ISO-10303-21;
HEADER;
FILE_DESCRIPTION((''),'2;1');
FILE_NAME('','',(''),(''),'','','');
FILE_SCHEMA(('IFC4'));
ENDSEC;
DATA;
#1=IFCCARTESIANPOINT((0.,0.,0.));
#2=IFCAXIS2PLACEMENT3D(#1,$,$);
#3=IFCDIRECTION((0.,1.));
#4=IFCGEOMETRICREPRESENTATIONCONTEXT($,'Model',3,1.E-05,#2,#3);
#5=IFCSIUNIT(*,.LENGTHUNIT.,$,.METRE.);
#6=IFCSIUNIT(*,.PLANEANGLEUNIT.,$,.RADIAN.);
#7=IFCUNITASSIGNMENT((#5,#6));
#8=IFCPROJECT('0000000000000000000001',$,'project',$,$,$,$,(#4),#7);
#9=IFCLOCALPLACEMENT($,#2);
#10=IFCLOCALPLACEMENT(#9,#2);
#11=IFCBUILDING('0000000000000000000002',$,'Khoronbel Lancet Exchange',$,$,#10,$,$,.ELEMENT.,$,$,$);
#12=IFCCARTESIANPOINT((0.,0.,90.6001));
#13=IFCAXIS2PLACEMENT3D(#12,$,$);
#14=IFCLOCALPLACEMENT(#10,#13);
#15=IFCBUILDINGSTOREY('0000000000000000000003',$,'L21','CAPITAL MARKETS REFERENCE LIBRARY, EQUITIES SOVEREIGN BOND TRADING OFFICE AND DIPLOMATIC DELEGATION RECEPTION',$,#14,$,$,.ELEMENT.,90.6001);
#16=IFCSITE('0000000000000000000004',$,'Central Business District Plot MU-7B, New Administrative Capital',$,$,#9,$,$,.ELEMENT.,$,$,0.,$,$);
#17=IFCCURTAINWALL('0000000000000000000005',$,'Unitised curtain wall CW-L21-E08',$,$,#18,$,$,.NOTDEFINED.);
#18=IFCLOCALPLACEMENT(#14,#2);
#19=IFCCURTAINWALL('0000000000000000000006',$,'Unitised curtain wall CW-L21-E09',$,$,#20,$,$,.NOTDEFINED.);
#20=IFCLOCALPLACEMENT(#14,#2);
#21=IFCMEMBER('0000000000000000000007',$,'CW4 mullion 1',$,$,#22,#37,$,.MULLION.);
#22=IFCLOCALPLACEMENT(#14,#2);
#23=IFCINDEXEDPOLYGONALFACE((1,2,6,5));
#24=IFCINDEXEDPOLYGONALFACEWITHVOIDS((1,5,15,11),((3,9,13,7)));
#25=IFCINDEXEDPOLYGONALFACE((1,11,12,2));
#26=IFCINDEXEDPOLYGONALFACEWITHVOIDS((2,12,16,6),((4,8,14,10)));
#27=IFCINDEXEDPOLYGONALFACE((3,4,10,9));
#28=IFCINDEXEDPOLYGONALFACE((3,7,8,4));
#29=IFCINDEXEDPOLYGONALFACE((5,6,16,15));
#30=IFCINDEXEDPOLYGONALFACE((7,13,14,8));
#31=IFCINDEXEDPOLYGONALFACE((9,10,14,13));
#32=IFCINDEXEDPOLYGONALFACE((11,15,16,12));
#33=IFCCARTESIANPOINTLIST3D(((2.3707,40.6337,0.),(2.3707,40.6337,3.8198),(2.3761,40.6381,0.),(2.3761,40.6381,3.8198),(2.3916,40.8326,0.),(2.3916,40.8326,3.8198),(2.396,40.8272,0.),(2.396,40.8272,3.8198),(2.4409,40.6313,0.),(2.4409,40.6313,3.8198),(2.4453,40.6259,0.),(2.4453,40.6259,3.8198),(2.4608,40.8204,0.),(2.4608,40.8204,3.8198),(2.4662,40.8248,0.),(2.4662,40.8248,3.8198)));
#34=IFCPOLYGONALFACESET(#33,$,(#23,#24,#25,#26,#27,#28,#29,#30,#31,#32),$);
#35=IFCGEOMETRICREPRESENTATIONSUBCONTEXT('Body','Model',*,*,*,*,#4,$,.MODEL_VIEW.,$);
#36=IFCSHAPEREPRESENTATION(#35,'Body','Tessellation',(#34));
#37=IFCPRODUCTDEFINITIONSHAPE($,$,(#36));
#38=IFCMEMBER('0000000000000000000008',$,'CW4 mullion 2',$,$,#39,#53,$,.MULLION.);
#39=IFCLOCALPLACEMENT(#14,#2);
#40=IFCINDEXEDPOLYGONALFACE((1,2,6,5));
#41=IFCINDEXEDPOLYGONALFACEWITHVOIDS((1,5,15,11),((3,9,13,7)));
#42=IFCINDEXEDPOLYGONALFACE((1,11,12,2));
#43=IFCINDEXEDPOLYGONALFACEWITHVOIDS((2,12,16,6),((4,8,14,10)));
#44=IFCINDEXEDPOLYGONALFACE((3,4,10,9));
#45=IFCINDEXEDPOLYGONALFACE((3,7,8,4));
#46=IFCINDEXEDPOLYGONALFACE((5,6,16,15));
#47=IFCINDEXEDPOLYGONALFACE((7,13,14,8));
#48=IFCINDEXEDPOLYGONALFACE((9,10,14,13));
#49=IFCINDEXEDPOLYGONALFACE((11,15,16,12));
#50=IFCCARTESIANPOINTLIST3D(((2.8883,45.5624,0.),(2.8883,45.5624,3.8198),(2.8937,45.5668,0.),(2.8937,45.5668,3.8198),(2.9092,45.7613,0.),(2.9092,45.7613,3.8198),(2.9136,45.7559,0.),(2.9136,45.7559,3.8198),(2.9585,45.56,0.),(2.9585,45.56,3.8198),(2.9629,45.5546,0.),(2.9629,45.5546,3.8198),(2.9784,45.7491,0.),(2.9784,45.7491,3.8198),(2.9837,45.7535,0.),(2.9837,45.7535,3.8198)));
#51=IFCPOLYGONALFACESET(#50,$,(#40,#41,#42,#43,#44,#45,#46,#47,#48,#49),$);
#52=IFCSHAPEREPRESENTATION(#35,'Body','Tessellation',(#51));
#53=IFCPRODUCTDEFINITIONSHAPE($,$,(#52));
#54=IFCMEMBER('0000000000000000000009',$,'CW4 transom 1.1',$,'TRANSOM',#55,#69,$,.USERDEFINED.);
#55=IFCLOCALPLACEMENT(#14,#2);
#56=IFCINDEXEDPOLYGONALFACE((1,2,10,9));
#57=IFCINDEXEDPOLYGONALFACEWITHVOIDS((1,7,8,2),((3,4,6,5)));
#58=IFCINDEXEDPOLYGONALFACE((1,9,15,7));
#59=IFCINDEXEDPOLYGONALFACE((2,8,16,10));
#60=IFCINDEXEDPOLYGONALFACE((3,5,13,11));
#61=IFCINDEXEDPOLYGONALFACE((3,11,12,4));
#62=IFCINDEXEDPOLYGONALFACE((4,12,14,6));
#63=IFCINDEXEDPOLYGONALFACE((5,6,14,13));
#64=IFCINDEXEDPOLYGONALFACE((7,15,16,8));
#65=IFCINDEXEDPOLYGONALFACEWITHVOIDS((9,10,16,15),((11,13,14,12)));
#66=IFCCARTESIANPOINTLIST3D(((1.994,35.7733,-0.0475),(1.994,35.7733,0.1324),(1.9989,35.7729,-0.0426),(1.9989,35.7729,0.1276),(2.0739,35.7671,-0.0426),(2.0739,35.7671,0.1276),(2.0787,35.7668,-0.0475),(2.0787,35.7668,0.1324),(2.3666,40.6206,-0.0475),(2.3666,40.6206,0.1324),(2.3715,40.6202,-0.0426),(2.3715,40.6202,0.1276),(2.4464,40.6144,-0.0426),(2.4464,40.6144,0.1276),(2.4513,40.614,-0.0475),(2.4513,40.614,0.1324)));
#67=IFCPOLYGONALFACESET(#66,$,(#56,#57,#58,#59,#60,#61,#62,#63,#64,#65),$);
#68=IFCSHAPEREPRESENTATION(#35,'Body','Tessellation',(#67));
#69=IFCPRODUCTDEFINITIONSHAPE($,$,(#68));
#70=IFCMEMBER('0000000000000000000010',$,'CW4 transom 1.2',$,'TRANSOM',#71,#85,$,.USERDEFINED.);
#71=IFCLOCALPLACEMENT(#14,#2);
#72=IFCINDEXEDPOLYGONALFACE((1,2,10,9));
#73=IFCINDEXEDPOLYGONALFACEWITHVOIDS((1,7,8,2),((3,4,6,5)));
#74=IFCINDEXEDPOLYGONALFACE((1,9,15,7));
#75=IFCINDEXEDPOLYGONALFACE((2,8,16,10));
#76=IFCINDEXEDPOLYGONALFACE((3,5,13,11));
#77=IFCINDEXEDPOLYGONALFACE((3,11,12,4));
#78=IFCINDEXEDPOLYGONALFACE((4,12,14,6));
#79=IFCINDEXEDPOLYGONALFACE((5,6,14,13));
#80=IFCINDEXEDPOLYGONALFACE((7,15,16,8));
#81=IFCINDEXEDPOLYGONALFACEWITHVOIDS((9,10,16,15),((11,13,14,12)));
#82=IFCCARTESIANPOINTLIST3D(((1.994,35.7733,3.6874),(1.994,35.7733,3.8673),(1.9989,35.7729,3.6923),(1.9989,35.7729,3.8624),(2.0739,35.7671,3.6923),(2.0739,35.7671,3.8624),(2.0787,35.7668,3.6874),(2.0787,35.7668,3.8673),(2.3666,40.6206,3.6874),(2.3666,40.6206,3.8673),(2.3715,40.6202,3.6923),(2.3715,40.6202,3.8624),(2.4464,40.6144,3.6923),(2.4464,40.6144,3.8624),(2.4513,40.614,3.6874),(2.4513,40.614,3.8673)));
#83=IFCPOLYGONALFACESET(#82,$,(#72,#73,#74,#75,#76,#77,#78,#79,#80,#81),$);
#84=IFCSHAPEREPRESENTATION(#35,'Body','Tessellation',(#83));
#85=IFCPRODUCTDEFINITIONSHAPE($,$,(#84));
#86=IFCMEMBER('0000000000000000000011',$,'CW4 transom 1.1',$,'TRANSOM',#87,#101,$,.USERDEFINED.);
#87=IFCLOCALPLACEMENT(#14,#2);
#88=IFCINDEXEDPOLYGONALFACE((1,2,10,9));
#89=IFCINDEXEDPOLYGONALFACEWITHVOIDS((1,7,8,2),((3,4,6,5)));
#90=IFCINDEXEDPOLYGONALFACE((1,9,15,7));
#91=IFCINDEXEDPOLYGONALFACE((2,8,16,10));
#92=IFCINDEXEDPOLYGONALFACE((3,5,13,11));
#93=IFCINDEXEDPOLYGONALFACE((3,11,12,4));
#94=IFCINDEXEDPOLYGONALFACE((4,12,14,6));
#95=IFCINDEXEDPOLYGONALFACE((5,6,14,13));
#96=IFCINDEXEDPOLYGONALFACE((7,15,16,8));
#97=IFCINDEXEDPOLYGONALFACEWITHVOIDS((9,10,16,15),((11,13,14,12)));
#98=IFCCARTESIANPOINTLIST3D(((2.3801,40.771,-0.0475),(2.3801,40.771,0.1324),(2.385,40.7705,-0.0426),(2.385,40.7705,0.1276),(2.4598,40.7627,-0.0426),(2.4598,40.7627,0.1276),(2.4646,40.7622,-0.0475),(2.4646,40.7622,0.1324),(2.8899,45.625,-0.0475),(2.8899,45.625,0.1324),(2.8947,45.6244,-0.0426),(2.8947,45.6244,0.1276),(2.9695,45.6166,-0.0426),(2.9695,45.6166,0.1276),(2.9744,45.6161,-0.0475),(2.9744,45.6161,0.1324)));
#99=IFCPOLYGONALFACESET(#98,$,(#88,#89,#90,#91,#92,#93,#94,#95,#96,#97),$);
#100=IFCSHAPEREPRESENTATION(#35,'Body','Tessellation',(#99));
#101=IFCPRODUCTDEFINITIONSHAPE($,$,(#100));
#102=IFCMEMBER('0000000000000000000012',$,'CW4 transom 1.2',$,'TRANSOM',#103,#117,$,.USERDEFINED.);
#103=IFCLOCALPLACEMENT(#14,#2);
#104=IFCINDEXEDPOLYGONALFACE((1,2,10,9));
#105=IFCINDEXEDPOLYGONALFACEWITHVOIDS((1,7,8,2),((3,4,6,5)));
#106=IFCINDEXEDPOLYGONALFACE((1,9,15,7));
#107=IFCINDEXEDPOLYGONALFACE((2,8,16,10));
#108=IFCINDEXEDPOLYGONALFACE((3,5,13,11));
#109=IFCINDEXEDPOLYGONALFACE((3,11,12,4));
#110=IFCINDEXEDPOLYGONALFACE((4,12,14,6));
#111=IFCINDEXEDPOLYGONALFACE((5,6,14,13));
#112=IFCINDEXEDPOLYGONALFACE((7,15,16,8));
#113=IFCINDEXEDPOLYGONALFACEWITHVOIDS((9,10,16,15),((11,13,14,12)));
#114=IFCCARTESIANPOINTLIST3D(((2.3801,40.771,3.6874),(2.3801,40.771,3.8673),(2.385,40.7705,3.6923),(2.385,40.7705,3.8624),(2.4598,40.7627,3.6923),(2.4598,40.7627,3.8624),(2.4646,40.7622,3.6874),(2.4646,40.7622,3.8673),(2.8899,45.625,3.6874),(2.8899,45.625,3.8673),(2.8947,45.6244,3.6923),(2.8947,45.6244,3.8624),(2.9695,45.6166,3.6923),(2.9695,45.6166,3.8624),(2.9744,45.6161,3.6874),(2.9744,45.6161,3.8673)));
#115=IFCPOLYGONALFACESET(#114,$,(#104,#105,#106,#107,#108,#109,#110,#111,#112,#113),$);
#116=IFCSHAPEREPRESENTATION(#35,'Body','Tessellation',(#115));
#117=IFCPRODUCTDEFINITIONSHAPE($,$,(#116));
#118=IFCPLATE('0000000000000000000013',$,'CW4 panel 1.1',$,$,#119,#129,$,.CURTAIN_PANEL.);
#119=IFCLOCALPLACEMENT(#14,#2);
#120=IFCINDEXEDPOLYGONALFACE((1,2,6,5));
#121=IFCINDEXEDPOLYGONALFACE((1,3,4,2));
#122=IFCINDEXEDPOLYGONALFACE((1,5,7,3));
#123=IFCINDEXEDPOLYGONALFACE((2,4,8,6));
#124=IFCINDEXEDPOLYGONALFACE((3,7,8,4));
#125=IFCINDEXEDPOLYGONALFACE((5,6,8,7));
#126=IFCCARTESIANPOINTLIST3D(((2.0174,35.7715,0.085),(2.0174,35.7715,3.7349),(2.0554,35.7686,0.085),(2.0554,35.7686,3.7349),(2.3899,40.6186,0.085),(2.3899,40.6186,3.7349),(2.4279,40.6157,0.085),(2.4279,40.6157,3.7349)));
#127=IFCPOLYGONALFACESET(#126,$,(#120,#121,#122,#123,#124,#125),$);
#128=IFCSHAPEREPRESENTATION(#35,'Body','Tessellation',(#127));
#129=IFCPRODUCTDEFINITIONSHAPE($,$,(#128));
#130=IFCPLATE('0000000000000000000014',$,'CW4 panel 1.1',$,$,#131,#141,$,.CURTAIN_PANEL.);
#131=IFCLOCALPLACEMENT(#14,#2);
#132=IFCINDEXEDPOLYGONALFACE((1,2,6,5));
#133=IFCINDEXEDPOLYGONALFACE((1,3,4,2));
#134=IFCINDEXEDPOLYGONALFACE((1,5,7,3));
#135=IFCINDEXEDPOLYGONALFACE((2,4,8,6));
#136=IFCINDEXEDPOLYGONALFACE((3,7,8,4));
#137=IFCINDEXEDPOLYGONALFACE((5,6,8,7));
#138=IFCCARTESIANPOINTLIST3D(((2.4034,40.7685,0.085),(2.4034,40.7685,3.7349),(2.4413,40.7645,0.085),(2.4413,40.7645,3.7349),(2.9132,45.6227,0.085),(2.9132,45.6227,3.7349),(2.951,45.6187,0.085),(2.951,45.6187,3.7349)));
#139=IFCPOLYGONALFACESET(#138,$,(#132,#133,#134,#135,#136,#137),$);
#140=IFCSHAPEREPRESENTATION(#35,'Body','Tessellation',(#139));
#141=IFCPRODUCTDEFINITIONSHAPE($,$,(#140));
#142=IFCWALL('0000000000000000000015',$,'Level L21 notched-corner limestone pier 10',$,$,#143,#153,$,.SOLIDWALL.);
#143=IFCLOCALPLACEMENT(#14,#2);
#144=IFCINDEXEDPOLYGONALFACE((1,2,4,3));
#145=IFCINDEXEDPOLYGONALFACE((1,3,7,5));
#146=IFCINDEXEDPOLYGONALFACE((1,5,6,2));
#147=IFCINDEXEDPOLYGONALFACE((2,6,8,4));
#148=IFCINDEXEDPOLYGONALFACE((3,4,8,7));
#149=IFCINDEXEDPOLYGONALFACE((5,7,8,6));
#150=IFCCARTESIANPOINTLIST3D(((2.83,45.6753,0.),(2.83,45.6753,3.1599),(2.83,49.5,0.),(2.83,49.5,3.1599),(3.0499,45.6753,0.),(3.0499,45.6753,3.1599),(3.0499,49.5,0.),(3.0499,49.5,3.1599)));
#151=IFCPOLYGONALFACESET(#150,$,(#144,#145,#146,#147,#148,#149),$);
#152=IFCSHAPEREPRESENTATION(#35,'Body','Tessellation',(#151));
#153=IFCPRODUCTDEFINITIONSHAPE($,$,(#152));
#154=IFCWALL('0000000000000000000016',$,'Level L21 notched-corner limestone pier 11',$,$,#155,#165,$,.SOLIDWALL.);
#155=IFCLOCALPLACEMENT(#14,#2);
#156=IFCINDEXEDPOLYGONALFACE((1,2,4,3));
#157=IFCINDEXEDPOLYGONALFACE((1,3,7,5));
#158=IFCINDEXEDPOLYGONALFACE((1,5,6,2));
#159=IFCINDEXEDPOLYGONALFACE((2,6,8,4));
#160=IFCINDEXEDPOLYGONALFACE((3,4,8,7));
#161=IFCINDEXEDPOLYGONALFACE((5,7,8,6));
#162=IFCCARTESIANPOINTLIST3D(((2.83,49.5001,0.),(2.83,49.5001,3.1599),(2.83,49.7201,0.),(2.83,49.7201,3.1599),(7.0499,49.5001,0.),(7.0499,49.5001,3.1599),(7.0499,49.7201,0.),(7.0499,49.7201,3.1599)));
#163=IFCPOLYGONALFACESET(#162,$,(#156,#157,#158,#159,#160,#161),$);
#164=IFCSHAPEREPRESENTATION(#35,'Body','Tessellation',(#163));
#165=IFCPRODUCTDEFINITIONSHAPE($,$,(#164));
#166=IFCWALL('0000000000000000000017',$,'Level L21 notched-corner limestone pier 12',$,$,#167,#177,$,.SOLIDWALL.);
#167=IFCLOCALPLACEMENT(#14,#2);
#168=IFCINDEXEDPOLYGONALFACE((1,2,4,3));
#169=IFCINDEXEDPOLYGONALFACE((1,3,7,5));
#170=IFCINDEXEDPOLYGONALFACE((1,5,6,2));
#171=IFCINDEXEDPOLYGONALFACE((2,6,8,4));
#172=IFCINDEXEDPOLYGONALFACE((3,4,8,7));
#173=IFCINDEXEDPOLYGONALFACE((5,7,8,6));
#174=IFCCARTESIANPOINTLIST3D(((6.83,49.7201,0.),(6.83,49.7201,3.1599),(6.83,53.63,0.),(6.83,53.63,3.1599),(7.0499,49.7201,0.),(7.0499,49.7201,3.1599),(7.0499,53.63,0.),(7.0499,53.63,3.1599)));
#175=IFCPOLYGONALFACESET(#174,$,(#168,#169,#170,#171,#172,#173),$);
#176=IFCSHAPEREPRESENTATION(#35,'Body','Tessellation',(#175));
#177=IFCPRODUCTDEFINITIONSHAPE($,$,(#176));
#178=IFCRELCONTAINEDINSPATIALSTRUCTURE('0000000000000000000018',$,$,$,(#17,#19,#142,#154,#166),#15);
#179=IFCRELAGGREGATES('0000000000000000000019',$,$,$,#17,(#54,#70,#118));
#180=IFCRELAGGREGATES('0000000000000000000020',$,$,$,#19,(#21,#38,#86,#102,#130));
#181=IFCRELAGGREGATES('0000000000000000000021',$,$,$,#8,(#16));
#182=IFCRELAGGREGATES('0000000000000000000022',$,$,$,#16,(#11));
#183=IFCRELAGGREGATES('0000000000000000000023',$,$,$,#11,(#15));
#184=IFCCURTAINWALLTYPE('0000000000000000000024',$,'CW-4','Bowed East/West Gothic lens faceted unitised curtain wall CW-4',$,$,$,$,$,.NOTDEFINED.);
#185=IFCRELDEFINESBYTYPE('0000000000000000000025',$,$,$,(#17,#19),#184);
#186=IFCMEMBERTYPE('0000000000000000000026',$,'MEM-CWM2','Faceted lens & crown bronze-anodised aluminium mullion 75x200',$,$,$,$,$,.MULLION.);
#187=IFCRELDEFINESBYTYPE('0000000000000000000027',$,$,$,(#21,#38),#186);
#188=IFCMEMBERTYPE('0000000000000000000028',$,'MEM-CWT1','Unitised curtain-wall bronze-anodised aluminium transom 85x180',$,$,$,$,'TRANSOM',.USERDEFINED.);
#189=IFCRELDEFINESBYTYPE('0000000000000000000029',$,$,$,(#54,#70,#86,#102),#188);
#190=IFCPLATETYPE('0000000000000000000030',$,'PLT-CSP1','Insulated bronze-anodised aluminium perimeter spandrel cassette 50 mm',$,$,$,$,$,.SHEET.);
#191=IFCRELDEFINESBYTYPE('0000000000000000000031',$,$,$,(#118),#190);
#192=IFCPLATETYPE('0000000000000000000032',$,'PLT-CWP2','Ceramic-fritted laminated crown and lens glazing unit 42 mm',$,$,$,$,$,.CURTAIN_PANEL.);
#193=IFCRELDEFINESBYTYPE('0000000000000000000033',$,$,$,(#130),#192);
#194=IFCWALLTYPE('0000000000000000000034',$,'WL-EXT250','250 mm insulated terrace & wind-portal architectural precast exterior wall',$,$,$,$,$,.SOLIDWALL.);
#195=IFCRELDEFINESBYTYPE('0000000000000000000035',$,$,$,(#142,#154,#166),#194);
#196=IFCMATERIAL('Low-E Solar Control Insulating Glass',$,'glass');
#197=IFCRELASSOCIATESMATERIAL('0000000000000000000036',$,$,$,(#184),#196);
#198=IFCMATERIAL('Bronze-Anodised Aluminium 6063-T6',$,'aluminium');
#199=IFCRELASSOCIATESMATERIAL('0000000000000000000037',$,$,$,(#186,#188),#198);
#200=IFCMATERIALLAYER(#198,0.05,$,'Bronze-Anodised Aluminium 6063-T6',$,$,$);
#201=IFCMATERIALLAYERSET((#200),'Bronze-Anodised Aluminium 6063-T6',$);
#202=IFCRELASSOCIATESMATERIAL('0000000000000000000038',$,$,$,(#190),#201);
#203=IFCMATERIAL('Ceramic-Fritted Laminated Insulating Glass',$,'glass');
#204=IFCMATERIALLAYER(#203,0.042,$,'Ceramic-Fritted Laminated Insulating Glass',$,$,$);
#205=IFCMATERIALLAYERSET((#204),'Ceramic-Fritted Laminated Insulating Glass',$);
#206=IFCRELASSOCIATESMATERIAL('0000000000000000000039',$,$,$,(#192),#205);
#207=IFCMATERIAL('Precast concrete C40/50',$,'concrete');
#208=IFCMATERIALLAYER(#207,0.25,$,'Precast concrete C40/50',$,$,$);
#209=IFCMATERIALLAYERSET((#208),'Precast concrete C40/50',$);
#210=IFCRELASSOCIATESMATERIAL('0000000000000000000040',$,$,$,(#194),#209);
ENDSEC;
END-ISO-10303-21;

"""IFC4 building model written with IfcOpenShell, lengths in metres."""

from ifc_helpers import new_model, si_unit, direction, frame, frame_2d, origin, origin_2d, place, context, subcontext, project, spatial, rectangle, hollow_rectangle, extrude, material, layer, layer_set, material_profile, profile_set, type_object, element, aggregate, save


model = new_model("IFC4")

# Units and contexts
model_context = context("Model", 3, precision=1e-05, world=origin(), true_north=direction((0.0, 1.0)))
body_context = subcontext(model_context, "Body", "Model", "MODEL_VIEW")
ifc_project = project(units=[si_unit("LENGTHUNIT", "METRE"), si_unit("PLANEANGLEUNIT", "RADIAN")], contexts=[model_context])

# Site, building, storey
site_placement = place(None, origin())
site = spatial("IfcSite", under=ifc_project, at=site_placement, Name="Central Business District Plot MU-7B, New Administrative Capital", CompositionType="ELEMENT", RefElevation=0.0)
building_placement = place(site_placement, origin())
building = spatial("IfcBuilding", under=site, at=building_placement, Name="Khoronbel Lancet Exchange", CompositionType="ELEMENT")
storey_placement = place(building_placement, frame((0.0, 0.0, 90.6001)))
storey = spatial("IfcBuildingStorey", under=building, at=storey_placement, Name="L21", Description="CAPITAL MARKETS REFERENCE LIBRARY, EQUITIES SOVEREIGN BOND TRADING OFFICE AND DIPLOMATIC DELEGATION RECEPTION", CompositionType="ELEMENT", Elevation=90.6001)

# Shared definitions
ifc_material_1 = material(Name="Low-E Solar Control Insulating Glass", Category="glass")
ifc_material_2 = material(Name="Bronze-Anodised Aluminium 6063-T6", Category="aluminium")

# Curtain walls, members
curtain_wall_type_1 = type_object("IfcCurtainWallType", Name="CW-4", Description="Bowed East/West Gothic lens faceted unitised curtain wall CW-4", PredefinedType="NOTDEFINED", material=ifc_material_1)
curtain_wall_1_placement = place(storey_placement, origin())
curtain_wall_1 = element("IfcCurtainWall", 1, at=curtain_wall_1_placement, inside=storey, type_object=curtain_wall_type_1, Name="Unitised curtain wall CW-L21-E08", PredefinedType="NOTDEFINED")
ifc_material_profile_1 = material_profile(ifc_material_2, hollow_rectangle(XDim=0.075, YDim=0.2, WallThickness=0.0049, at=origin_2d()), Name="ALU MULLION 75x200")
ifc_profile_set_1 = profile_set([ifc_material_profile_1], Name="Bronze-Anodised Aluminium 6063-T6")
member_type_1 = type_object("IfcMemberType", Name="MEM-CWM2", Description="Faceted lens & crown bronze-anodised aluminium mullion 75x200", PredefinedType="MULLION", material=ifc_profile_set_1)
curtain_wall_2_placement = place(storey_placement, origin())
curtain_wall_2 = element("IfcCurtainWall", 2, at=curtain_wall_2_placement, inside=storey, type_object=curtain_wall_type_1, Name="Unitised curtain wall CW-L21-E09", PredefinedType="NOTDEFINED")
member_1_placement = place(storey_placement, frame((2.4185, 40.7292, 0.0), z_axis=(0.0, 0.0, 1.0), x_axis=(-0.994532, 0.104434, 0.0)))
member_1 = element("IfcMember", 3, at=member_1_placement, type_object=member_type_1, Name="CW4 mullion 1", PredefinedType="MULLION", context=body_context, shape_type="SweptSolid", body=[
    extrude(hollow_rectangle(XDim=0.075, YDim=0.2, WallThickness=0.0049, at=origin_2d()), origin(), (0.0, 0.0, 1.0), 3.8198),
])
member_2_placement = place(storey_placement, frame((2.936, 45.658, 0.0), z_axis=(0.0, 0.0, 1.0), x_axis=(-0.994532, 0.104434, 0.0)))
member_2 = element("IfcMember", 4, at=member_2_placement, type_object=member_type_1, Name="CW4 mullion 2", PredefinedType="MULLION", context=body_context, shape_type="SweptSolid", body=[
    extrude(hollow_rectangle(XDim=0.075, YDim=0.2, WallThickness=0.0049, at=origin_2d()), origin(), (0.0, 0.0, 1.0), 3.8198),
])

# Members
ifc_material_profile_2 = material_profile(ifc_material_2, hollow_rectangle(XDim=0.085, YDim=0.1799, WallThickness=0.0049, at=origin_2d()), Name="ALU TRANSOM 85x180")
ifc_profile_set_2 = profile_set([ifc_material_profile_2], Name="Bronze-Anodised Aluminium 6063-T6")
member_type_2 = type_object("IfcMemberType", Name="MEM-CWT1", Description="Unitised curtain-wall bronze-anodised aluminium transom 85x180", ElementType="TRANSOM", PredefinedType="USERDEFINED", material=ifc_profile_set_2)
member_3_placement = place(storey_placement, frame((2.0364, 35.77, 0.0425), z_axis=(0.076635, 0.997059, 0.0), x_axis=(-0.997059, 0.076635, 0.0)))
member_3 = element("IfcMember", 5, at=member_3_placement, type_object=member_type_2, Name="CW4 transom 1.1", ObjectType="TRANSOM", PredefinedType="USERDEFINED", context=body_context, shape_type="SweptSolid", body=[
    extrude(hollow_rectangle(XDim=0.085, YDim=0.1799, WallThickness=0.0049, at=origin_2d()), origin(), (0.0, 0.0, 1.0), 4.8616),
])
member_4_placement = place(storey_placement, frame((2.0364, 35.77, 3.7773), z_axis=(0.076635, 0.997059, 0.0), x_axis=(-0.997059, 0.076635, 0.0)))
member_4 = element("IfcMember", 6, at=member_4_placement, type_object=member_type_2, Name="CW4 transom 1.2", ObjectType="TRANSOM", PredefinedType="USERDEFINED", context=body_context, shape_type="SweptSolid", body=[
    extrude(hollow_rectangle(XDim=0.085, YDim=0.1799, WallThickness=0.0049, at=origin_2d()), origin(), (0.0, 0.0, 1.0), 4.8616),
])
member_5_placement = place(storey_placement, frame((2.4224, 40.7666, 0.0425), z_axis=(0.104445, 0.994531, 0.0), x_axis=(-0.994531, 0.104445, 0.0)))
member_5 = element("IfcMember", 7, at=member_5_placement, type_object=member_type_2, Name="CW4 transom 1.1", ObjectType="TRANSOM", PredefinedType="USERDEFINED", context=body_context, shape_type="SweptSolid", body=[
    extrude(hollow_rectangle(XDim=0.085, YDim=0.1799, WallThickness=0.0049, at=origin_2d()), origin(), (0.0, 0.0, 1.0), 4.8806),
])
member_6_placement = place(storey_placement, frame((2.4224, 40.7666, 3.7773), z_axis=(0.104445, 0.994531, 0.0), x_axis=(-0.994531, 0.104445, 0.0)))
member_6 = element("IfcMember", 8, at=member_6_placement, type_object=member_type_2, Name="CW4 transom 1.2", ObjectType="TRANSOM", PredefinedType="USERDEFINED", context=body_context, shape_type="SweptSolid", body=[
    extrude(hollow_rectangle(XDim=0.085, YDim=0.1799, WallThickness=0.0049, at=origin_2d()), origin(), (0.0, 0.0, 1.0), 4.8806),
])

# Plates
ifc_layer_1 = layer(ifc_material_2, 0.05, Name="Bronze-Anodised Aluminium 6063-T6")
ifc_layer_set_1 = layer_set([ifc_layer_1], Name="Bronze-Anodised Aluminium 6063-T6")
plate_type_1 = type_object("IfcPlateType", Name="PLT-CSP1", Description="Insulated bronze-anodised aluminium perimeter spandrel cassette 50 mm", PredefinedType="SHEET", material=ifc_layer_set_1)
plate_1_placement = place(storey_placement, frame((2.2227, 38.1936, 0.085), z_axis=(0.0, 0.0, 1.0), x_axis=(0.076626, 0.99706, 0.0)))
plate_1 = element("IfcPlate", 9, at=plate_1_placement, type_object=plate_type_1, Name="CW4 panel 1.1", PredefinedType="CURTAIN_PANEL", context=body_context, shape_type="SweptSolid", body=[
    extrude(rectangle(XDim=4.8613, YDim=0.0381, at=origin_2d()), origin(), (0.0, 0.0, 1.0), 3.6499),
])
aggregate(curtain_wall_1, [member_3, member_4, plate_1])
ifc_material_3 = material(Name="Ceramic-Fritted Laminated Insulating Glass", Category="glass")
ifc_layer_2 = layer(ifc_material_3, 0.042, Name="Ceramic-Fritted Laminated Insulating Glass")
ifc_layer_set_2 = layer_set([ifc_layer_2], Name="Ceramic-Fritted Laminated Insulating Glass")
plate_type_2 = type_object("IfcPlateType", Name="PLT-CWP2", Description="Ceramic-fritted laminated crown and lens glazing unit 42 mm", PredefinedType="CURTAIN_PANEL", material=ifc_layer_set_2)
plate_2_placement = place(storey_placement, frame((2.6772, 43.1936, 0.085), z_axis=(0.0, 0.0, 1.0), x_axis=(0.104434, 0.994532, 0.0)))
plate_2 = element("IfcPlate", 10, at=plate_2_placement, type_object=plate_type_2, Name="CW4 panel 1.1", PredefinedType="CURTAIN_PANEL", context=body_context, shape_type="SweptSolid", body=[
    extrude(rectangle(XDim=4.8809, YDim=0.0381, at=origin_2d()), origin(), (0.0, 0.0, 1.0), 3.6499),
])
aggregate(curtain_wall_2, [member_1, member_2, member_5, member_6, plate_2])

# Walls
ifc_material_4 = material(Name="Precast concrete C40/50", Category="concrete")
ifc_layer_3 = layer(ifc_material_4, 0.25, Name="Precast concrete C40/50")
ifc_layer_set_3 = layer_set([ifc_layer_3], Name="Precast concrete C40/50")
wall_type_1 = type_object("IfcWallType", Name="WL-EXT250", Description="250 mm insulated terrace & wind-portal architectural precast exterior wall", PredefinedType="SOLIDWALL", material=ifc_layer_set_3)
wall_1_placement = place(storey_placement, frame((2.9399, 45.6753, 0.0), z_axis=(0.0, 0.0, 1.0), x_axis=(0.0, 1.0, 0.0)))
element("IfcWall", 11, at=wall_1_placement, inside=storey, type_object=wall_type_1, Name="Level L21 notched-corner limestone pier 10", PredefinedType="SOLIDWALL", context=body_context, shape_type="SweptSolid", body=[
    extrude(rectangle(XDim=3.8247, YDim=0.22, at=frame_2d((1.9124, 0.0))), origin(), (0.0, 0.0, 1.0), 3.1599),
])
wall_2_placement = place(storey_placement, frame((2.8301, 49.6101, 0.0), z_axis=(0.0, 0.0, 1.0), x_axis=(1.0, 0.0, 0.0)))
element("IfcWall", 12, at=wall_2_placement, inside=storey, type_object=wall_type_1, Name="Level L21 notched-corner limestone pier 11", PredefinedType="SOLIDWALL", context=body_context, shape_type="SweptSolid", body=[
    extrude(rectangle(XDim=4.22, YDim=0.22, at=frame_2d((2.1099, 0.0))), origin(), (0.0, 0.0, 1.0), 3.1599),
])
wall_3_placement = place(storey_placement, frame((6.9399, 49.72, 0.0), z_axis=(0.0, 0.0, 1.0), x_axis=(0.0, 1.0, 0.0)))
element("IfcWall", 13, at=wall_3_placement, inside=storey, type_object=wall_type_1, Name="Level L21 notched-corner limestone pier 12", PredefinedType="SOLIDWALL", context=body_context, shape_type="SweptSolid", body=[
    extrude(rectangle(XDim=3.9099, YDim=0.22, at=frame_2d((1.9551, 0.0))), origin(), (0.0, 0.0, 1.0), 3.1599),
])

save(model, "model.ifc")
